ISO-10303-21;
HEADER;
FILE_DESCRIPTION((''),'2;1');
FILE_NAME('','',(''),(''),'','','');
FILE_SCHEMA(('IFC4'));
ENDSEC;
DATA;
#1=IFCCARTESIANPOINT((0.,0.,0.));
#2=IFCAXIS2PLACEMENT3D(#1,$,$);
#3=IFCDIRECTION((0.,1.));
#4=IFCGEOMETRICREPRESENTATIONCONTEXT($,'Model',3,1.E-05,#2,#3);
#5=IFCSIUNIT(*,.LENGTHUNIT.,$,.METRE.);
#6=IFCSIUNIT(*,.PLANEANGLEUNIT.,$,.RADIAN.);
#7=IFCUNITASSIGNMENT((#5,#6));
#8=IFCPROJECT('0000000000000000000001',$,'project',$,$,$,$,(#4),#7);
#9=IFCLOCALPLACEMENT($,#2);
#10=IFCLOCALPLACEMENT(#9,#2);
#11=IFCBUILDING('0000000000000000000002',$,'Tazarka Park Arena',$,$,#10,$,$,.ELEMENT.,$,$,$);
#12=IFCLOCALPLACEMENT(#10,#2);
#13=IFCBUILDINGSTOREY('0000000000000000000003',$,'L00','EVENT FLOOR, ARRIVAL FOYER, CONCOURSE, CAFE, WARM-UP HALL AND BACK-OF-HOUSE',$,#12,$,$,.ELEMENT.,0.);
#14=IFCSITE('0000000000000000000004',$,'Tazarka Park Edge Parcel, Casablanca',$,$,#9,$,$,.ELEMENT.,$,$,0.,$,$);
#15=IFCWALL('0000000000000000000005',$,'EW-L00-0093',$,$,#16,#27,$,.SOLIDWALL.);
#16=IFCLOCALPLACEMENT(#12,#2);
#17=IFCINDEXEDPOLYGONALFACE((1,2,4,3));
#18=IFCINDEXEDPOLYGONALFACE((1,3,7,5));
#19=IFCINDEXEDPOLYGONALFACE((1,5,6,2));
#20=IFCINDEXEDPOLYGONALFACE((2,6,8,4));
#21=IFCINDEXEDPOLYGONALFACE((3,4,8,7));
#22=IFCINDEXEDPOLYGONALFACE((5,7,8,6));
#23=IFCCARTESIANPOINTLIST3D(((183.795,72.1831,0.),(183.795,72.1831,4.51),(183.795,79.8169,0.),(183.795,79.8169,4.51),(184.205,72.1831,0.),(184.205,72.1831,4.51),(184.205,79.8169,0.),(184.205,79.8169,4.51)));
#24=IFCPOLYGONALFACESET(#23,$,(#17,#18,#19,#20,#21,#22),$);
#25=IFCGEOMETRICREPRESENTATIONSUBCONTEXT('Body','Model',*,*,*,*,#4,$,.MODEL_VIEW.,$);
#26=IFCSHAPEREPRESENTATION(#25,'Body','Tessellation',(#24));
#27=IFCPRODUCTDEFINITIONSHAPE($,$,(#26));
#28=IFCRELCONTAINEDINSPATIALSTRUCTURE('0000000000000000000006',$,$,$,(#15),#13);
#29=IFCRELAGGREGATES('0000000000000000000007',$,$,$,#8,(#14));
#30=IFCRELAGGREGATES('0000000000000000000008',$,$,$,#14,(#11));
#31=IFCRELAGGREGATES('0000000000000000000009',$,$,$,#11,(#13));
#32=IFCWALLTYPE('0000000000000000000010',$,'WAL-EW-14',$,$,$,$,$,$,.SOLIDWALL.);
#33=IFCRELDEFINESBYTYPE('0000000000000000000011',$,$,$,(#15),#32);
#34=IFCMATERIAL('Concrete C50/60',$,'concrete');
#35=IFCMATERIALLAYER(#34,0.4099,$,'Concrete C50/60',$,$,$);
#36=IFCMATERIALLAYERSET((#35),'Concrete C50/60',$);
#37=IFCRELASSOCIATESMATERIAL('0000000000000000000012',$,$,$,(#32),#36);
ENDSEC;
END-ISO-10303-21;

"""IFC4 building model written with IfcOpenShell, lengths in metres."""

from ifc_helpers import new_model, si_unit, direction, frame, frame_2d, origin, place, context, subcontext, project, spatial, rectangle, extrude, material, layer, layer_set, type_object, element, save


model = new_model("IFC4")

# Units and contexts
model_context = context("Model", 3, precision=1e-05, world=origin(), true_north=direction((0.0, 1.0)))
body_context = subcontext(model_context, "Body", "Model", "MODEL_VIEW")
ifc_project = project(units=[si_unit("LENGTHUNIT", "METRE"), si_unit("PLANEANGLEUNIT", "RADIAN")], contexts=[model_context])

# Site, building, storey
site_placement = place(None, origin())
site = spatial("IfcSite", under=ifc_project, at=site_placement, Name="Tazarka Park Edge Parcel, Casablanca", CompositionType="ELEMENT", RefElevation=0.0)
building_placement = place(site_placement, origin())
building = spatial("IfcBuilding", under=site, at=building_placement, Name="Tazarka Park Arena", CompositionType="ELEMENT")
storey_placement = place(building_placement, origin())
storey = spatial("IfcBuildingStorey", under=building, at=storey_placement, Name="L00", Description="EVENT FLOOR, ARRIVAL FOYER, CONCOURSE, CAFE, WARM-UP HALL AND BACK-OF-HOUSE", CompositionType="ELEMENT", Elevation=0.0)

# Wall
ifc_material_1 = material(Name="Concrete C50/60", Category="concrete")
ifc_layer_1 = layer(ifc_material_1, 0.4099, Name="Concrete C50/60")
ifc_layer_set_1 = layer_set([ifc_layer_1], Name="Concrete C50/60")
wall_type_1 = type_object("IfcWallType", Name="WAL-EW-14", PredefinedType="SOLIDWALL", material=ifc_layer_set_1)
wall_1_placement = place(storey_placement, frame((184.0, 79.8169, 0.0), z_axis=(0.0, 0.0, 1.0), x_axis=(0.0, -1.0, 0.0)))
element("IfcWall", 1, at=wall_1_placement, inside=storey, type_object=wall_type_1, Name="EW-L00-0093", PredefinedType="SOLIDWALL", context=body_context, shape_type="SweptSolid", body=[
    extrude(rectangle(XDim=7.6338, YDim=0.4099, at=frame_2d((3.8169, 0.0))), origin(), (0.0, 0.0, 1.0), 4.51),
])

save(model, "model.ifc")
